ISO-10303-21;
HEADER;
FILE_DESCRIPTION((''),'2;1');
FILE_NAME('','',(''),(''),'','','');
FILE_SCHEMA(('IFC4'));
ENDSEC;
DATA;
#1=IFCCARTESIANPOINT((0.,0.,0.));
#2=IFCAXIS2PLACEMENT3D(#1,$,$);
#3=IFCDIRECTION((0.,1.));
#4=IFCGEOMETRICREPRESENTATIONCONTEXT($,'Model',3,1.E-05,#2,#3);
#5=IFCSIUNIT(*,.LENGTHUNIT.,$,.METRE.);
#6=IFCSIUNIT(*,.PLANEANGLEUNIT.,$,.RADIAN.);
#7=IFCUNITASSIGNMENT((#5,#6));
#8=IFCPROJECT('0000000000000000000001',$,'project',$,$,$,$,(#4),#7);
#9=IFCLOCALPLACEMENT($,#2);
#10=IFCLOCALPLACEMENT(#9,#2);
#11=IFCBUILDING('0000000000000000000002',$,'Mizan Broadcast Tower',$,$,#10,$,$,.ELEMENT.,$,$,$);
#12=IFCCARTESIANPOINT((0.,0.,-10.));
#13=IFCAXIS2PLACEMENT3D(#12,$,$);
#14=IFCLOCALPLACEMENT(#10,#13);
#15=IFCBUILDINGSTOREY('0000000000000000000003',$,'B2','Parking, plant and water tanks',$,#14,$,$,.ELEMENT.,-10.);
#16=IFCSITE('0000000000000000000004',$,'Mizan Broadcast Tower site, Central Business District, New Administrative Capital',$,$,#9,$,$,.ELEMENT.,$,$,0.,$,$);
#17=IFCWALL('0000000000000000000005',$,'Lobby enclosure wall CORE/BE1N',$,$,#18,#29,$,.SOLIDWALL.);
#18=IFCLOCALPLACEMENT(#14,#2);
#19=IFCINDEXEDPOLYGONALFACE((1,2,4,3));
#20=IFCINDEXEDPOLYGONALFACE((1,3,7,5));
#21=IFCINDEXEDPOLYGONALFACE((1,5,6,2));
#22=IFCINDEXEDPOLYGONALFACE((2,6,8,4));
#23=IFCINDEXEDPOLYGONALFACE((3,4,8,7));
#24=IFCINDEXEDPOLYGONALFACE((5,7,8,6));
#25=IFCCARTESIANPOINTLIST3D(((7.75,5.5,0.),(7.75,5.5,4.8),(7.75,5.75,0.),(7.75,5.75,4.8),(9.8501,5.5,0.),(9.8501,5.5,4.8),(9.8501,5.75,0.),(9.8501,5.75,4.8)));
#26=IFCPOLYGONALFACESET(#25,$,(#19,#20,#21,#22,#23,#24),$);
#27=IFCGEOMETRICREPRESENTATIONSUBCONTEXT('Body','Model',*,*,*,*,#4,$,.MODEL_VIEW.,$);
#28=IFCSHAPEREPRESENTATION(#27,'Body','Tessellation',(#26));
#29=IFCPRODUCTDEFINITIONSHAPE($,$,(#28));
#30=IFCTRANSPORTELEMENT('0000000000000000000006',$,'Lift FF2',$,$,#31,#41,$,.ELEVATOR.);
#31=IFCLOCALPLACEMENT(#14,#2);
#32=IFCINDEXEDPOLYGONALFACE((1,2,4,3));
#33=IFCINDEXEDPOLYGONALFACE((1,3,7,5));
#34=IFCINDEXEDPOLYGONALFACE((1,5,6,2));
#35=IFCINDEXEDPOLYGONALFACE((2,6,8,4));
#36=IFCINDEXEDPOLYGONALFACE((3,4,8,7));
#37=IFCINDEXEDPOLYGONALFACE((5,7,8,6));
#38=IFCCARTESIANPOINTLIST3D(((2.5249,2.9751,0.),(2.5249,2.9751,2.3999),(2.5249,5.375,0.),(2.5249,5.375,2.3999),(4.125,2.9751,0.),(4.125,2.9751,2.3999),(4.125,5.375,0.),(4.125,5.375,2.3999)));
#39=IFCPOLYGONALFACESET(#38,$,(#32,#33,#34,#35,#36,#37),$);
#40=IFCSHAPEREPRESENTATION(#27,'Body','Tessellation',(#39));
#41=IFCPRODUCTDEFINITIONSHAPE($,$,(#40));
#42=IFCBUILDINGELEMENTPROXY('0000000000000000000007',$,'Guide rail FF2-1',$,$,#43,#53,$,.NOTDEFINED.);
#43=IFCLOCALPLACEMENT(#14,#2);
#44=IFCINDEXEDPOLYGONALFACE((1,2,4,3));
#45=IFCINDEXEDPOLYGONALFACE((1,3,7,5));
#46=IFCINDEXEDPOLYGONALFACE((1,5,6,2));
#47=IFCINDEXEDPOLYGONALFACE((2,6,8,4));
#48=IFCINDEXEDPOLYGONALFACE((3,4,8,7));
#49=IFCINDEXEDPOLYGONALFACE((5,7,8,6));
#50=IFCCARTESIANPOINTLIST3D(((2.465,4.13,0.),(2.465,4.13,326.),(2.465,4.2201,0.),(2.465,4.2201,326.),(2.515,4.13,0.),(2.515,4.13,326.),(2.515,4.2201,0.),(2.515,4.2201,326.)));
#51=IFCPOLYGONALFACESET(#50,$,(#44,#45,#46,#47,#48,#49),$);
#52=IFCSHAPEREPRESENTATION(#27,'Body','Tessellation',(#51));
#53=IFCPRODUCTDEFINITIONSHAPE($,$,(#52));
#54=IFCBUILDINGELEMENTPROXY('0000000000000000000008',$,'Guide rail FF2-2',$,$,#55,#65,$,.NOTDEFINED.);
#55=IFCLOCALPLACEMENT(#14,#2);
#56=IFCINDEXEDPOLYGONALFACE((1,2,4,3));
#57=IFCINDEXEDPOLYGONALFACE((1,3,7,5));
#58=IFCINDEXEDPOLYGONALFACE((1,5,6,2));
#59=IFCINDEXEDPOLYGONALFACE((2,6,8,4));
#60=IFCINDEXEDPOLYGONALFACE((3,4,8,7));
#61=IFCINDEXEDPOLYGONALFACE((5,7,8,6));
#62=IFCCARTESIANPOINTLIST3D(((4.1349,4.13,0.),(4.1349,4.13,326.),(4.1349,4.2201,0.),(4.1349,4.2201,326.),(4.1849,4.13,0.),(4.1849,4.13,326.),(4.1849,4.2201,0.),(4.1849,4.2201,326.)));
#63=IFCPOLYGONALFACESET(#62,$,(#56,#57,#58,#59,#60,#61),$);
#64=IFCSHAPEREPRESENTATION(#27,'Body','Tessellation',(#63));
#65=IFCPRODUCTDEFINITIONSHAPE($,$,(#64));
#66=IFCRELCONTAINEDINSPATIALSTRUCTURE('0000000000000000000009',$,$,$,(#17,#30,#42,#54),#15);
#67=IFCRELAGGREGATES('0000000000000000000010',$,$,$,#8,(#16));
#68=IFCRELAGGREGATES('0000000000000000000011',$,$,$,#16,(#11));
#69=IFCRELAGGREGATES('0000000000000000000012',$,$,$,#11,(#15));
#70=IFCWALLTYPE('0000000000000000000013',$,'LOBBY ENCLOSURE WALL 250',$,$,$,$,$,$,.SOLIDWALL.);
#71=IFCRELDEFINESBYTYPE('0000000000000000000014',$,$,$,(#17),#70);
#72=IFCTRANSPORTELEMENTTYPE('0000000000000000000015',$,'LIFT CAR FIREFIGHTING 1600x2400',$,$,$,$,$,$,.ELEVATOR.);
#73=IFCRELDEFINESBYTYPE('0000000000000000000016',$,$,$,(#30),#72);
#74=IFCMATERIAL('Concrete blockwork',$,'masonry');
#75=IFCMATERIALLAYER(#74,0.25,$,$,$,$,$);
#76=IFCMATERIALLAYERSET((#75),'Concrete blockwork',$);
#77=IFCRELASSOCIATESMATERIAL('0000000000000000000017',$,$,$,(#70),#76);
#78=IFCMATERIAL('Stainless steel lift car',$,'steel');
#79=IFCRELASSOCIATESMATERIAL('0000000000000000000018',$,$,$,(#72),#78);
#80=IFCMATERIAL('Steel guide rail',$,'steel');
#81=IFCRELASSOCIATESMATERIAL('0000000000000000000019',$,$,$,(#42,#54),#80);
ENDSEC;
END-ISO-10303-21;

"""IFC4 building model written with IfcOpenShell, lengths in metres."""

from ifc_helpers import new_model, si_unit, direction, frame, frame_2d, origin, origin_2d, place, context, subcontext, project, spatial, rectangle, extrude, material, layer, layer_set, type_object, element, save


model = new_model("IFC4")

# Units and contexts
model_context = context("Model", 3, precision=1e-05, world=origin(), true_north=direction((0.0, 1.0)))
body_context = subcontext(model_context, "Body", "Model", "MODEL_VIEW")
ifc_project = project(units=[si_unit("LENGTHUNIT", "METRE"), si_unit("PLANEANGLEUNIT", "RADIAN")], contexts=[model_context])

# Site, building, storey
site_placement = place(None, origin())
site = spatial("IfcSite", under=ifc_project, at=site_placement, Name="Mizan Broadcast Tower site, Central Business District, New Administrative Capital", CompositionType="ELEMENT", RefElevation=0.0)
building_placement = place(site_placement, origin())
building = spatial("IfcBuilding", under=site, at=building_placement, Name="Mizan Broadcast Tower", CompositionType="ELEMENT")
storey_placement = place(building_placement, frame((0.0, 0.0, -10.0)))
storey = spatial("IfcBuildingStorey", under=building, at=storey_placement, Name="B2", Description="Parking, plant and water tanks", CompositionType="ELEMENT", Elevation=-10.0)

# Shared definitions
ifc_material_1 = material(Name="Concrete blockwork", Category="masonry")
ifc_layer_1 = layer(ifc_material_1, 0.25)
ifc_layer_set_1 = layer_set([ifc_layer_1], Name="Concrete blockwork")
wall_type_1 = type_object("IfcWallType", Name="LOBBY ENCLOSURE WALL 250", PredefinedType="SOLIDWALL", material=ifc_layer_set_1)

# Wall
wall_1_placement = place(storey_placement, frame((7.75, 5.625, 0.0), z_axis=(0.0, 0.0, 1.0), x_axis=(1.0, 0.0, 0.0)))
element("IfcWall", 1, at=wall_1_placement, inside=storey, type_object=wall_type_1, Name="Lobby enclosure wall CORE/BE1N", PredefinedType="SOLIDWALL", context=body_context, shape_type="SweptSolid", body=[
    extrude(rectangle(XDim=2.1001, YDim=0.25, at=frame_2d((1.05, 0.0))), origin(), (0.0, 0.0, 1.0), 4.8),
])

# Transport element
ifc_material_2 = material(Name="Stainless steel lift car", Category="steel")
transport_element_type = type_object("IfcTransportElementType", Name="LIFT CAR FIREFIGHTING 1600x2400", PredefinedType="ELEVATOR", material=ifc_material_2)
transport_element_placement = place(storey_placement, frame((3.325, 4.175, 0.0), z_axis=(0.0, 0.0, 1.0), x_axis=(1.0, 0.0, 0.0)))
element("IfcTransportElement", 2, at=transport_element_placement, inside=storey, type_object=transport_element_type, Name="Lift FF2", PredefinedType="ELEVATOR", context=body_context, shape_type="SweptSolid", body=[
    extrude(rectangle(XDim=1.6001, YDim=2.3999, at=origin_2d()), origin(), (0.0, 0.0, 1.0), 2.3999),
])

# Building element proxies
ifc_material_3 = material(Name="Steel guide rail", Category="steel")
for number, where, z_axis, x_axis, name in (
    (3, (2.49, 4.175, 0.0), (0.0, 0.0, 1.0), (1.0, 0.0, 0.0), "Guide rail FF2-1"),
    (4, (4.1599, 4.175, 0.0), (0.0, 0.0, 1.0), (1.0, 0.0, 0.0), "Guide rail FF2-2"),
):
    element("IfcBuildingElementProxy", number, at=place(storey_placement, frame(where, z_axis=z_axis, x_axis=x_axis)), inside=storey, material=ifc_material_3, Name=name, PredefinedType="NOTDEFINED", context=body_context, shape_type="SweptSolid", body=[
        extrude(rectangle(XDim=0.05, YDim=0.0901, at=origin_2d()), origin(), (0.0, 0.0, 1.0), 326.0),
    ])

save(model, "model.ifc")
